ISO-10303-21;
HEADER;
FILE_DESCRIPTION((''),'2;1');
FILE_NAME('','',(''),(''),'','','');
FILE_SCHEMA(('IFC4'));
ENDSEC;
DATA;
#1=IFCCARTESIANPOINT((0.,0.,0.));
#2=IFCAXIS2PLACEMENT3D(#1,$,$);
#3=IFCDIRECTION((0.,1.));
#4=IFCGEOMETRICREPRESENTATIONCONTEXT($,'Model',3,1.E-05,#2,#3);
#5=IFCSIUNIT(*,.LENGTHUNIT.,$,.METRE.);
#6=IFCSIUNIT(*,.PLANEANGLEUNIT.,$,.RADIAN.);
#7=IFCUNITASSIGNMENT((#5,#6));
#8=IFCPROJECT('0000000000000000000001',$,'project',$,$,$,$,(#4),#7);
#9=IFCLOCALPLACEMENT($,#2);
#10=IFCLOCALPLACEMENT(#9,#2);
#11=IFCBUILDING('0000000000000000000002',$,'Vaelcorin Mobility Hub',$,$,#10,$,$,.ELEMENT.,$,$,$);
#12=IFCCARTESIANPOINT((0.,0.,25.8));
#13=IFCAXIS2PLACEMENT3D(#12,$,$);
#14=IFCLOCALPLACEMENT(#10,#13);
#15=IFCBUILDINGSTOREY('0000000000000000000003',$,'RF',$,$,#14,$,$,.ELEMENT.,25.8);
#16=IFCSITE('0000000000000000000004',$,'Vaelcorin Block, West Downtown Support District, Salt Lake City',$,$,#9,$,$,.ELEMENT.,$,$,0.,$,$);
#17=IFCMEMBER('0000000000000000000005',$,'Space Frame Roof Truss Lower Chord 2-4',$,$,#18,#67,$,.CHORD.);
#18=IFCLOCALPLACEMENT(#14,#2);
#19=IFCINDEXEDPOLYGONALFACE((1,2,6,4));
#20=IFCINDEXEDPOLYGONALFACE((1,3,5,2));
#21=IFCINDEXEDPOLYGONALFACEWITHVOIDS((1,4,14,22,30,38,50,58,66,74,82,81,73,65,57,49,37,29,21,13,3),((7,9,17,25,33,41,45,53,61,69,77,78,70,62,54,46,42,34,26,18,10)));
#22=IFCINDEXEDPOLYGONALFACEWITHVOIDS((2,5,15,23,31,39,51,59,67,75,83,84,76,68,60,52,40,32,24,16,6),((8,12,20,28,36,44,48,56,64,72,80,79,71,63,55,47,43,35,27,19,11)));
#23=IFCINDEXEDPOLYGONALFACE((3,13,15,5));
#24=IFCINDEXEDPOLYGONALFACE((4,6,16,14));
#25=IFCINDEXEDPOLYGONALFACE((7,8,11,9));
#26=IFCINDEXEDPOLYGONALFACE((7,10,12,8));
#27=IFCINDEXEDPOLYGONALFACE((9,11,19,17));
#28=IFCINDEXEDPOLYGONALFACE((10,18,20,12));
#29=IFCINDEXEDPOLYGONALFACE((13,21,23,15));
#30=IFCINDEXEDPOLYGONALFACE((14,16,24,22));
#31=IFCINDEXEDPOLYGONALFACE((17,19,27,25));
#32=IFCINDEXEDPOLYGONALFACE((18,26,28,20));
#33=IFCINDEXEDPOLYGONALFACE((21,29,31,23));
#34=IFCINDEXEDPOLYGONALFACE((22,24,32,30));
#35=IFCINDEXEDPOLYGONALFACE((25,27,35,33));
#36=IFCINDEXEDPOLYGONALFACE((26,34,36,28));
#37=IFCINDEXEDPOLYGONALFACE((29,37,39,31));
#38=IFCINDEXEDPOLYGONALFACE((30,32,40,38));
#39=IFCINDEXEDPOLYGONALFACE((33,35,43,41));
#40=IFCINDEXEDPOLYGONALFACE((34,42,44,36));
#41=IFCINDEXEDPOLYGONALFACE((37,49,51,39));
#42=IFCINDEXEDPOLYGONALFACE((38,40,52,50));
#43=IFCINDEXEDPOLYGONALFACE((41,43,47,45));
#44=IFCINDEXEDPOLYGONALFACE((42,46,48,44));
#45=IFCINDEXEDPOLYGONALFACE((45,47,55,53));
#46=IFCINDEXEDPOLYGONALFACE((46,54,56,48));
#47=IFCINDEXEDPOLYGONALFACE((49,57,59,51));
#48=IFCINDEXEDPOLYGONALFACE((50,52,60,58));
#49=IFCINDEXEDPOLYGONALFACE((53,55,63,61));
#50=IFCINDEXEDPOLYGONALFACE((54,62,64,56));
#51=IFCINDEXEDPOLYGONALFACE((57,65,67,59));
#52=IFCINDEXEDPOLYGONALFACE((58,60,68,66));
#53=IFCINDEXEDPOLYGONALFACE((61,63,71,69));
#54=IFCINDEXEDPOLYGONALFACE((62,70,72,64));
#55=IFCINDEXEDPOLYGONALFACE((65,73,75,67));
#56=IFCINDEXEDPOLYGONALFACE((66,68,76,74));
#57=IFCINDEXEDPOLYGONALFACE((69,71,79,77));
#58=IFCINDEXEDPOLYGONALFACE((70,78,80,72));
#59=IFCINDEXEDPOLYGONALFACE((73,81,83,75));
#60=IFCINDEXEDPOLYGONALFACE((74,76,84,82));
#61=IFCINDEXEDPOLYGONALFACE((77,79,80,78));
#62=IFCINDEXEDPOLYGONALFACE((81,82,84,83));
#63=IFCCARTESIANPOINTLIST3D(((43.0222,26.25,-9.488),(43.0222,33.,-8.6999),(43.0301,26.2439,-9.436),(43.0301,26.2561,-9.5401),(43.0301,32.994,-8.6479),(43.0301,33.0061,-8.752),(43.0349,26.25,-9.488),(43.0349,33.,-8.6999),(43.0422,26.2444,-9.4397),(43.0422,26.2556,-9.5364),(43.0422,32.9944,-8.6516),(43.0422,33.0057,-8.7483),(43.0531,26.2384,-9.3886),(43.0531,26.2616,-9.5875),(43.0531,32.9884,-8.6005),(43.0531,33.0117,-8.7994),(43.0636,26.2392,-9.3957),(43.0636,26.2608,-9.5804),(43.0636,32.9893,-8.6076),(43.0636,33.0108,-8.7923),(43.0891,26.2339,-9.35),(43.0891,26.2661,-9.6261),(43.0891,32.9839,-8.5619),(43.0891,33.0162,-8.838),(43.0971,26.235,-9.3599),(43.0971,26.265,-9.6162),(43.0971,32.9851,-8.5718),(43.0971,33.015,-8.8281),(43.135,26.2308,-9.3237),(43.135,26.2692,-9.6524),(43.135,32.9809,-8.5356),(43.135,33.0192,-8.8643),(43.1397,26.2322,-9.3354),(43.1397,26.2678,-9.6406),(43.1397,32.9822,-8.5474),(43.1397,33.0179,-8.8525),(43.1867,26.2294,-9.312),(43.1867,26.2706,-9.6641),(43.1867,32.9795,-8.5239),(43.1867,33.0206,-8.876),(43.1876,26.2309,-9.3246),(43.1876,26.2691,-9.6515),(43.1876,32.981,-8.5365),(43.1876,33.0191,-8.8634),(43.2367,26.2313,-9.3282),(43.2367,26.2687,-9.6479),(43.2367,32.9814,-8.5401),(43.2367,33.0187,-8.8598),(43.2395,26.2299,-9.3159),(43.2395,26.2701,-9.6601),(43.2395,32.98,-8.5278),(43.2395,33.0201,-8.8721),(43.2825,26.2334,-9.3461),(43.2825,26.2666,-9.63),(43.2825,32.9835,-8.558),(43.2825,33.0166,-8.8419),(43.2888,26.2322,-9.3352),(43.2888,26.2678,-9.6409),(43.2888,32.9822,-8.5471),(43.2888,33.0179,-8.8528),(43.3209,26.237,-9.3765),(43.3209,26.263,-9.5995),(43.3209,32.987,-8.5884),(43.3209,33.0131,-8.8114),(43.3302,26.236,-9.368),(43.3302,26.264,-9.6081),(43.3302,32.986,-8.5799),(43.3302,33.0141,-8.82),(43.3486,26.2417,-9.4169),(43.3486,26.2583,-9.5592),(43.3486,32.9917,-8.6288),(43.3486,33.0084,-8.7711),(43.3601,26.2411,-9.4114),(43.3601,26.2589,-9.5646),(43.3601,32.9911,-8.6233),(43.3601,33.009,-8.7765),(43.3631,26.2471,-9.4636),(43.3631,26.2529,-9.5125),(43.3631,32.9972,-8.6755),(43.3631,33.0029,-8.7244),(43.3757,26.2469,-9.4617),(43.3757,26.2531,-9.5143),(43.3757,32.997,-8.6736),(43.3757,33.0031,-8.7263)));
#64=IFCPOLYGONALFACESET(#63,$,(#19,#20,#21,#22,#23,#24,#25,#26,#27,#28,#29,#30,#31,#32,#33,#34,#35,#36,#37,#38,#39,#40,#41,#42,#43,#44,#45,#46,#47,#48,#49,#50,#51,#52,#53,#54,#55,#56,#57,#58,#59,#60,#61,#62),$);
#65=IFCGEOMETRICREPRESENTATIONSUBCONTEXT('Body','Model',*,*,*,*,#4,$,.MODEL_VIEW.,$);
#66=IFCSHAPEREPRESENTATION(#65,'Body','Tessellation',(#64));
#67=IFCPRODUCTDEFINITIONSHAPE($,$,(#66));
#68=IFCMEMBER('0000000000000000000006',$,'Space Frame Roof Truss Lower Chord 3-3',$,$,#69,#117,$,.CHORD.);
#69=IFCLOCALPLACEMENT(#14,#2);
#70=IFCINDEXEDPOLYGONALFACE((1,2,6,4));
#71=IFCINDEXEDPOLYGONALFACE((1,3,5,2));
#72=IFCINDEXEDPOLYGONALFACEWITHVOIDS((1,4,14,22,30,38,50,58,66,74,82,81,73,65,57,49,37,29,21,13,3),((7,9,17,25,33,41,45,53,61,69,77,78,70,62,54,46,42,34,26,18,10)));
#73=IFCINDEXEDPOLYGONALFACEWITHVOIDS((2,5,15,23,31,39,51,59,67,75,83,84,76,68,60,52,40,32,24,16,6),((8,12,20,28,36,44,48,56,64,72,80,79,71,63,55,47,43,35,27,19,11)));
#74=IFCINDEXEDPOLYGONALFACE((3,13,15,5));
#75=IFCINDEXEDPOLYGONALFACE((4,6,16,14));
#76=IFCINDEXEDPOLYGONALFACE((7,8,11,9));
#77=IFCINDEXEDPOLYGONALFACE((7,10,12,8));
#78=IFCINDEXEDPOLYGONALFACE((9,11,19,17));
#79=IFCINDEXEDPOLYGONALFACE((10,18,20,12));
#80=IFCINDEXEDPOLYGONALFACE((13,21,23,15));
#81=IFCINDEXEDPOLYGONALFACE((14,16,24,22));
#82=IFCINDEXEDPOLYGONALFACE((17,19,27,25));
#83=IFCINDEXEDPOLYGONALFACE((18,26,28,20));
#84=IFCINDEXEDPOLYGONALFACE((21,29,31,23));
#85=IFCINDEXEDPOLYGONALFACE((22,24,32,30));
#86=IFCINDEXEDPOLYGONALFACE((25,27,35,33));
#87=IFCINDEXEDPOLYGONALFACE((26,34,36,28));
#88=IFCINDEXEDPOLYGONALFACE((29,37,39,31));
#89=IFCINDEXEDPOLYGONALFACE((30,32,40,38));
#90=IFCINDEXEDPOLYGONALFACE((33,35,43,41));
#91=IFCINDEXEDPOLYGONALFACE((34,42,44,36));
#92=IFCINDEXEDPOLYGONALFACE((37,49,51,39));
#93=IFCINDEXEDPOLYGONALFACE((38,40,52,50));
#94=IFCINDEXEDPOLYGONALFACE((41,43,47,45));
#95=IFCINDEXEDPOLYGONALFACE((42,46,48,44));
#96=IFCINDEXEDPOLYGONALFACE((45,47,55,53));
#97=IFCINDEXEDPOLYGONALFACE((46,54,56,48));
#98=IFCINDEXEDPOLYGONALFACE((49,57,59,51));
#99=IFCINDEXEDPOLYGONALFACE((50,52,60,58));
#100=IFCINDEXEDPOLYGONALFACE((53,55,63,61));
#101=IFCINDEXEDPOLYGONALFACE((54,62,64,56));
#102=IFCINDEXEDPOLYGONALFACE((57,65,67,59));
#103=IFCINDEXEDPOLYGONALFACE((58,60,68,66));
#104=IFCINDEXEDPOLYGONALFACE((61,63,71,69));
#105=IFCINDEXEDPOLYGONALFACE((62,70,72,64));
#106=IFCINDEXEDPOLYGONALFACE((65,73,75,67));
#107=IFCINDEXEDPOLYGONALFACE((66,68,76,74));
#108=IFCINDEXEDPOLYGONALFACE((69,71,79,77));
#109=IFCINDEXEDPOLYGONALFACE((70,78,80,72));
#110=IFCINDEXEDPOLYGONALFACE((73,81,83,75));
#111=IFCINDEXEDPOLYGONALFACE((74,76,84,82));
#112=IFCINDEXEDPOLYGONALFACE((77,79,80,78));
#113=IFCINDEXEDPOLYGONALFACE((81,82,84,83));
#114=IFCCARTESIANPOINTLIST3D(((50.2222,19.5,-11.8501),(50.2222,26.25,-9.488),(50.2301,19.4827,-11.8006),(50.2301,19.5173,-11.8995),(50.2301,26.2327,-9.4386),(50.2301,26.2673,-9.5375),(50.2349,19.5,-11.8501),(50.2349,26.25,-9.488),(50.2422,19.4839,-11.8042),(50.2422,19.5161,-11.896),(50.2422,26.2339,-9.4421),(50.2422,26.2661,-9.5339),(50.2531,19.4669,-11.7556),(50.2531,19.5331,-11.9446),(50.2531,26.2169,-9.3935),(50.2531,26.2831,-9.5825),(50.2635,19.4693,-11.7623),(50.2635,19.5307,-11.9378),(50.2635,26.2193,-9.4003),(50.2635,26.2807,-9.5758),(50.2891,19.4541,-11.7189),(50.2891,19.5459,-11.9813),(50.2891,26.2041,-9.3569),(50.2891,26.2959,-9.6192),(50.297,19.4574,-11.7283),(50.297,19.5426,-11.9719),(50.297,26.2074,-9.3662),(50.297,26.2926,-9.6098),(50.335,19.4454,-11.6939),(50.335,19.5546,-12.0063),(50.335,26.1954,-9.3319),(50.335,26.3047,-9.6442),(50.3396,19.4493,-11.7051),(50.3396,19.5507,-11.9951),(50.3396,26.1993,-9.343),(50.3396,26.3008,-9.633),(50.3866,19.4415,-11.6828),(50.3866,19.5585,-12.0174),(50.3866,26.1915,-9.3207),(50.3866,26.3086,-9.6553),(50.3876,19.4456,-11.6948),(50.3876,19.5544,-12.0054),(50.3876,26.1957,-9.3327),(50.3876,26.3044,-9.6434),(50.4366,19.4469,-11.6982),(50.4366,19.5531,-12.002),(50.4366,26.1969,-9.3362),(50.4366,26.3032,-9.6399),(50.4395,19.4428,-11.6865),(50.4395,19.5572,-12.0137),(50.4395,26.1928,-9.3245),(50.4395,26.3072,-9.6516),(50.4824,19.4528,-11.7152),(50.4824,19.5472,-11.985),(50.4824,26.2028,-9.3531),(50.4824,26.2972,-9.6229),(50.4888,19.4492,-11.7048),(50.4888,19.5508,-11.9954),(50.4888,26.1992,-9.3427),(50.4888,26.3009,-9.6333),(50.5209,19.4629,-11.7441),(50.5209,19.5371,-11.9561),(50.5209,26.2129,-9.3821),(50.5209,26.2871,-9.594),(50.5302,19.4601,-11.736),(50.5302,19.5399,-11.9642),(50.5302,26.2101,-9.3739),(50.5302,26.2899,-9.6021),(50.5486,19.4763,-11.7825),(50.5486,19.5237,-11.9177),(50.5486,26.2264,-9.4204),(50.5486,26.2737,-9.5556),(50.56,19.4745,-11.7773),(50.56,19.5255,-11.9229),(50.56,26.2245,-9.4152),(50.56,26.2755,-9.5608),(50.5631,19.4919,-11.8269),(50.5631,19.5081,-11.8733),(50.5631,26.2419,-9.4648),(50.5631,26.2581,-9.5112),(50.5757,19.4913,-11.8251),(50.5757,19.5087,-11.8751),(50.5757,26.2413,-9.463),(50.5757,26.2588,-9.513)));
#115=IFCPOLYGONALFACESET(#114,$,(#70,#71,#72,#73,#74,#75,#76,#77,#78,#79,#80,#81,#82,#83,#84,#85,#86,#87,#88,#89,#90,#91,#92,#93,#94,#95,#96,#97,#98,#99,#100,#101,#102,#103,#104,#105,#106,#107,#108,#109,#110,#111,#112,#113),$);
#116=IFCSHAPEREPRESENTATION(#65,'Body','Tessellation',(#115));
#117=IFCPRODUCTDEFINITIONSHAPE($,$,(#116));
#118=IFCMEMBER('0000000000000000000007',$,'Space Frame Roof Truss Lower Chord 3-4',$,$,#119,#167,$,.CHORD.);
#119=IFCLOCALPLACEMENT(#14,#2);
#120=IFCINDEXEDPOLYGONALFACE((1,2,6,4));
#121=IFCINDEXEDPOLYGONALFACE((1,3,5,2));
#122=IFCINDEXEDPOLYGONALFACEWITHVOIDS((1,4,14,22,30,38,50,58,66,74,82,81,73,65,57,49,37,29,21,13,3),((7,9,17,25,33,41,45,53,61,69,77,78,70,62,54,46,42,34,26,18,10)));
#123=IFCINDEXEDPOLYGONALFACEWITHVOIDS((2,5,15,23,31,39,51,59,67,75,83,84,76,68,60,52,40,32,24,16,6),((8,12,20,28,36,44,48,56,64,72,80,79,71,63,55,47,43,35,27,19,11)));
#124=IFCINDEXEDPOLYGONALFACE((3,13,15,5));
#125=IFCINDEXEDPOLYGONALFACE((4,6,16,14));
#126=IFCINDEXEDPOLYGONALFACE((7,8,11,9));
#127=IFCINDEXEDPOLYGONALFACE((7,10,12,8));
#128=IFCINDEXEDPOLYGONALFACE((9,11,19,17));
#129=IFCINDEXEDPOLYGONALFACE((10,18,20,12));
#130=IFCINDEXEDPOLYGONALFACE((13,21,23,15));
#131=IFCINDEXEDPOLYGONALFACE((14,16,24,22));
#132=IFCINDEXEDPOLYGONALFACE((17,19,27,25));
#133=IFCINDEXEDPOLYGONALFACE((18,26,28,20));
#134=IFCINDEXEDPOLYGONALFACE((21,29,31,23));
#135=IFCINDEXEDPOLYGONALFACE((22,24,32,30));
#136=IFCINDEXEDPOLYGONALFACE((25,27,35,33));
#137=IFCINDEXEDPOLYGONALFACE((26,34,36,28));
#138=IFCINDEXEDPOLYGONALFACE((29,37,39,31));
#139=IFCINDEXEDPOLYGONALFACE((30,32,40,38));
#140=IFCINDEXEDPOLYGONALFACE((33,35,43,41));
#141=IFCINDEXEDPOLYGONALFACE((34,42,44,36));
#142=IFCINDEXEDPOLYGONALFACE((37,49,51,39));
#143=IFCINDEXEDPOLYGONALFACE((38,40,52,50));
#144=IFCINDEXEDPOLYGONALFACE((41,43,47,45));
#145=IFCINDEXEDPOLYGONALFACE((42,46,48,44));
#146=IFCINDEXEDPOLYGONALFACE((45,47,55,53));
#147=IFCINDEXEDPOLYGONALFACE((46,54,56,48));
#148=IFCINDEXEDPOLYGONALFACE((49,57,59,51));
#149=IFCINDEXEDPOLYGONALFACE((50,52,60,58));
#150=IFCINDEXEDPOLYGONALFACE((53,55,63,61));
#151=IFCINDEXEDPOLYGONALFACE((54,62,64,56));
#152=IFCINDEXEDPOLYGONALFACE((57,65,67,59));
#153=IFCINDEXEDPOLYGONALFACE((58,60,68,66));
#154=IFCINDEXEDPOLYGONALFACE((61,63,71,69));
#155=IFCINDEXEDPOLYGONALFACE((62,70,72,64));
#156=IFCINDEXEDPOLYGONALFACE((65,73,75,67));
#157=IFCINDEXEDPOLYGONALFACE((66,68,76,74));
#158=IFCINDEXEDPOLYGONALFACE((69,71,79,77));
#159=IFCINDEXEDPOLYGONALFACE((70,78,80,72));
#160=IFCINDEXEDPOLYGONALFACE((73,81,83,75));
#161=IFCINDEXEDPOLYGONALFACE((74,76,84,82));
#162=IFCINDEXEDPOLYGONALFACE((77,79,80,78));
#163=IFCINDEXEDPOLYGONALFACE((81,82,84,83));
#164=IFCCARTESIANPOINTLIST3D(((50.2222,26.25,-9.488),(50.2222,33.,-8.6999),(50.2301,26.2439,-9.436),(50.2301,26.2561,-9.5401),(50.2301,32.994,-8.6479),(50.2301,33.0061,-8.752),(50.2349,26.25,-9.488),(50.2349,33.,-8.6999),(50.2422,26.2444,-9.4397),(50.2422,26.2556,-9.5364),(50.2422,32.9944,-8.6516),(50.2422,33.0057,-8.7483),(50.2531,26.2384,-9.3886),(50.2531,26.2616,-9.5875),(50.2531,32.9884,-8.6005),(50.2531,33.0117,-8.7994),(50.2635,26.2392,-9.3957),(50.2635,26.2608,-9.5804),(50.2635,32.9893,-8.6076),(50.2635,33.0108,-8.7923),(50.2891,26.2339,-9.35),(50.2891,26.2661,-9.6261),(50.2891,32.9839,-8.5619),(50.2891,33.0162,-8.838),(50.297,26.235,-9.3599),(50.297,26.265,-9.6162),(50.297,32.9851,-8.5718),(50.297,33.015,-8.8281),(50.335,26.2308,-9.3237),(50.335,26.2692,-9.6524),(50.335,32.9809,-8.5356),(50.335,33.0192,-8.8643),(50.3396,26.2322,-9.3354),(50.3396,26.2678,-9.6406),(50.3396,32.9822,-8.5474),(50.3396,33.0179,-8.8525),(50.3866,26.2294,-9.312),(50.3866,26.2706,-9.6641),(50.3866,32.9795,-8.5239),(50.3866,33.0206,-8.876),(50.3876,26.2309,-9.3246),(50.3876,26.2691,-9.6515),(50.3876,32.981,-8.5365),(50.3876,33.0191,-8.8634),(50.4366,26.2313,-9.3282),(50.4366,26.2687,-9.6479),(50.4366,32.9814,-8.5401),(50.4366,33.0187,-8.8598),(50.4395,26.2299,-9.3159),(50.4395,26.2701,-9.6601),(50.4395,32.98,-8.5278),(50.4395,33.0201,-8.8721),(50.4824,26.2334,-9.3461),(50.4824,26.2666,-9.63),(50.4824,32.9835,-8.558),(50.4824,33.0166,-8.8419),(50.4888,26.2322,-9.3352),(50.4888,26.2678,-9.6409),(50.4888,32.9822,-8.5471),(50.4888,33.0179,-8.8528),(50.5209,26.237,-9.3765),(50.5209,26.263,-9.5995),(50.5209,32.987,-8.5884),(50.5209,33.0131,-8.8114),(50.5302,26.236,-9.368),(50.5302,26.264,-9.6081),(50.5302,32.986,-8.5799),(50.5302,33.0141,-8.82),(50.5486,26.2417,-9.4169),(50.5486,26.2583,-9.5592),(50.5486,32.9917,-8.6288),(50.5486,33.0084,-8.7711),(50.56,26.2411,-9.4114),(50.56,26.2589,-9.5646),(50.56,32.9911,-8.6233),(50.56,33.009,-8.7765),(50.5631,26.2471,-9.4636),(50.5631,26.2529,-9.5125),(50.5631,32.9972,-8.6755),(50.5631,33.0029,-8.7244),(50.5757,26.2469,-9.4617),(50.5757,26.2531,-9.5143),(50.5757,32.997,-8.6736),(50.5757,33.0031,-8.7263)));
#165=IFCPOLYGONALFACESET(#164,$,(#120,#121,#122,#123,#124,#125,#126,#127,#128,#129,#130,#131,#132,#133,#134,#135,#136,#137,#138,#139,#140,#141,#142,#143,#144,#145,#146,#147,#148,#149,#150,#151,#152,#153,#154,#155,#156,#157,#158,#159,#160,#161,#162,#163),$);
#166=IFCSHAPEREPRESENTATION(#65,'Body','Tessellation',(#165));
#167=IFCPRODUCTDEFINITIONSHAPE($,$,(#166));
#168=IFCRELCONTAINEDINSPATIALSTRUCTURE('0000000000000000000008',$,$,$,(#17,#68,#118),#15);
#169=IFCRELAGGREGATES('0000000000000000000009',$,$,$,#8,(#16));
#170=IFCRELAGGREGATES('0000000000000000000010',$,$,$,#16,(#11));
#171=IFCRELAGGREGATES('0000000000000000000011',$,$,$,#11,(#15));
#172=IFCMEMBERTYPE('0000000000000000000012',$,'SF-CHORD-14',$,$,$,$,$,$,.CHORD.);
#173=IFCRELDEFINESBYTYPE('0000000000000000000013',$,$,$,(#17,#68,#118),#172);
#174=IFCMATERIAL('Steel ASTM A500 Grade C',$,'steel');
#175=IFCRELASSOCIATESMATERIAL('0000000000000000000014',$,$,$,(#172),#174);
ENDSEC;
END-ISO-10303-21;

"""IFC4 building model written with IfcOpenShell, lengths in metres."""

from ifc_helpers import new_model, si_unit, direction, frame, origin, origin_2d, place, context, subcontext, project, spatial, hollow_circle, extrude, material, material_profile, profile_set, type_object, element, save


model = new_model("IFC4")

# Units and contexts
model_context = context("Model", 3, precision=1e-05, world=origin(), true_north=direction((0.0, 1.0)))
body_context = subcontext(model_context, "Body", "Model", "MODEL_VIEW")
ifc_project = project(units=[si_unit("LENGTHUNIT", "METRE"), si_unit("PLANEANGLEUNIT", "RADIAN")], contexts=[model_context])

# Site, building, storey
site_placement = place(None, origin())
site = spatial("IfcSite", under=ifc_project, at=site_placement, Name="Vaelcorin Block, West Downtown Support District, Salt Lake City", CompositionType="ELEMENT", RefElevation=0.0)
building_placement = place(site_placement, origin())
building = spatial("IfcBuilding", under=site, at=building_placement, Name="Vaelcorin Mobility Hub", CompositionType="ELEMENT")
storey_placement = place(building_placement, frame((0.0, 0.0, 25.8)))
storey = spatial("IfcBuildingStorey", under=building, at=storey_placement, Name="RF", CompositionType="ELEMENT", Elevation=25.8)

# Members
ifc_material_1 = material(Name="Steel ASTM A500 Grade C", Category="steel")
ifc_material_profile_1 = material_profile(ifc_material_1, hollow_circle(Radius=0.1777, WallThickness=0.0127, at=origin_2d()), Name="HSS14.000X0.500")
ifc_profile_set_1 = profile_set([ifc_material_profile_1], Name="Steel ASTM A500 Grade C")
member_type_1 = type_object("IfcMemberType", Name="SF-CHORD-14", PredefinedType="CHORD", material=ifc_profile_set_1)
member_1_placement = place(storey_placement, frame((43.2, 26.25, -9.488), z_axis=(0.0, 0.993253, 0.115966), x_axis=(-1.0, 0.0, 0.0)))
element("IfcMember", 1, at=member_1_placement, inside=storey, type_object=member_type_1, Name="Space Frame Roof Truss Lower Chord 2-4", PredefinedType="CHORD", context=body_context, shape_type="SweptSolid", body=[
    extrude(hollow_circle(Radius=0.1777, WallThickness=0.0127, at=origin_2d()), origin(), (0.0, 0.0, 1.0), 6.7959),
])
member_2_placement = place(storey_placement, frame((50.3999, 19.5, -11.8501), z_axis=(0.0, 0.943878, 0.330296), x_axis=(-1.0, 0.0, 0.0)))
element("IfcMember", 2, at=member_2_placement, inside=storey, type_object=member_type_1, Name="Space Frame Roof Truss Lower Chord 3-3", PredefinedType="CHORD", context=body_context, shape_type="SweptSolid", body=[
    extrude(hollow_circle(Radius=0.1777, WallThickness=0.0127, at=origin_2d()), origin(), (0.0, 0.0, 1.0), 7.1514),
])
member_3_placement = place(storey_placement, frame((50.3999, 26.25, -9.488), z_axis=(0.0, 0.993253, 0.115966), x_axis=(-1.0, 0.0, 0.0)))
element("IfcMember", 3, at=member_3_placement, inside=storey, type_object=member_type_1, Name="Space Frame Roof Truss Lower Chord 3-4", PredefinedType="CHORD", context=body_context, shape_type="SweptSolid", body=[
    extrude(hollow_circle(Radius=0.1777, WallThickness=0.0127, at=origin_2d()), origin(), (0.0, 0.0, 1.0), 6.7959),
])

save(model, "model.ifc")
